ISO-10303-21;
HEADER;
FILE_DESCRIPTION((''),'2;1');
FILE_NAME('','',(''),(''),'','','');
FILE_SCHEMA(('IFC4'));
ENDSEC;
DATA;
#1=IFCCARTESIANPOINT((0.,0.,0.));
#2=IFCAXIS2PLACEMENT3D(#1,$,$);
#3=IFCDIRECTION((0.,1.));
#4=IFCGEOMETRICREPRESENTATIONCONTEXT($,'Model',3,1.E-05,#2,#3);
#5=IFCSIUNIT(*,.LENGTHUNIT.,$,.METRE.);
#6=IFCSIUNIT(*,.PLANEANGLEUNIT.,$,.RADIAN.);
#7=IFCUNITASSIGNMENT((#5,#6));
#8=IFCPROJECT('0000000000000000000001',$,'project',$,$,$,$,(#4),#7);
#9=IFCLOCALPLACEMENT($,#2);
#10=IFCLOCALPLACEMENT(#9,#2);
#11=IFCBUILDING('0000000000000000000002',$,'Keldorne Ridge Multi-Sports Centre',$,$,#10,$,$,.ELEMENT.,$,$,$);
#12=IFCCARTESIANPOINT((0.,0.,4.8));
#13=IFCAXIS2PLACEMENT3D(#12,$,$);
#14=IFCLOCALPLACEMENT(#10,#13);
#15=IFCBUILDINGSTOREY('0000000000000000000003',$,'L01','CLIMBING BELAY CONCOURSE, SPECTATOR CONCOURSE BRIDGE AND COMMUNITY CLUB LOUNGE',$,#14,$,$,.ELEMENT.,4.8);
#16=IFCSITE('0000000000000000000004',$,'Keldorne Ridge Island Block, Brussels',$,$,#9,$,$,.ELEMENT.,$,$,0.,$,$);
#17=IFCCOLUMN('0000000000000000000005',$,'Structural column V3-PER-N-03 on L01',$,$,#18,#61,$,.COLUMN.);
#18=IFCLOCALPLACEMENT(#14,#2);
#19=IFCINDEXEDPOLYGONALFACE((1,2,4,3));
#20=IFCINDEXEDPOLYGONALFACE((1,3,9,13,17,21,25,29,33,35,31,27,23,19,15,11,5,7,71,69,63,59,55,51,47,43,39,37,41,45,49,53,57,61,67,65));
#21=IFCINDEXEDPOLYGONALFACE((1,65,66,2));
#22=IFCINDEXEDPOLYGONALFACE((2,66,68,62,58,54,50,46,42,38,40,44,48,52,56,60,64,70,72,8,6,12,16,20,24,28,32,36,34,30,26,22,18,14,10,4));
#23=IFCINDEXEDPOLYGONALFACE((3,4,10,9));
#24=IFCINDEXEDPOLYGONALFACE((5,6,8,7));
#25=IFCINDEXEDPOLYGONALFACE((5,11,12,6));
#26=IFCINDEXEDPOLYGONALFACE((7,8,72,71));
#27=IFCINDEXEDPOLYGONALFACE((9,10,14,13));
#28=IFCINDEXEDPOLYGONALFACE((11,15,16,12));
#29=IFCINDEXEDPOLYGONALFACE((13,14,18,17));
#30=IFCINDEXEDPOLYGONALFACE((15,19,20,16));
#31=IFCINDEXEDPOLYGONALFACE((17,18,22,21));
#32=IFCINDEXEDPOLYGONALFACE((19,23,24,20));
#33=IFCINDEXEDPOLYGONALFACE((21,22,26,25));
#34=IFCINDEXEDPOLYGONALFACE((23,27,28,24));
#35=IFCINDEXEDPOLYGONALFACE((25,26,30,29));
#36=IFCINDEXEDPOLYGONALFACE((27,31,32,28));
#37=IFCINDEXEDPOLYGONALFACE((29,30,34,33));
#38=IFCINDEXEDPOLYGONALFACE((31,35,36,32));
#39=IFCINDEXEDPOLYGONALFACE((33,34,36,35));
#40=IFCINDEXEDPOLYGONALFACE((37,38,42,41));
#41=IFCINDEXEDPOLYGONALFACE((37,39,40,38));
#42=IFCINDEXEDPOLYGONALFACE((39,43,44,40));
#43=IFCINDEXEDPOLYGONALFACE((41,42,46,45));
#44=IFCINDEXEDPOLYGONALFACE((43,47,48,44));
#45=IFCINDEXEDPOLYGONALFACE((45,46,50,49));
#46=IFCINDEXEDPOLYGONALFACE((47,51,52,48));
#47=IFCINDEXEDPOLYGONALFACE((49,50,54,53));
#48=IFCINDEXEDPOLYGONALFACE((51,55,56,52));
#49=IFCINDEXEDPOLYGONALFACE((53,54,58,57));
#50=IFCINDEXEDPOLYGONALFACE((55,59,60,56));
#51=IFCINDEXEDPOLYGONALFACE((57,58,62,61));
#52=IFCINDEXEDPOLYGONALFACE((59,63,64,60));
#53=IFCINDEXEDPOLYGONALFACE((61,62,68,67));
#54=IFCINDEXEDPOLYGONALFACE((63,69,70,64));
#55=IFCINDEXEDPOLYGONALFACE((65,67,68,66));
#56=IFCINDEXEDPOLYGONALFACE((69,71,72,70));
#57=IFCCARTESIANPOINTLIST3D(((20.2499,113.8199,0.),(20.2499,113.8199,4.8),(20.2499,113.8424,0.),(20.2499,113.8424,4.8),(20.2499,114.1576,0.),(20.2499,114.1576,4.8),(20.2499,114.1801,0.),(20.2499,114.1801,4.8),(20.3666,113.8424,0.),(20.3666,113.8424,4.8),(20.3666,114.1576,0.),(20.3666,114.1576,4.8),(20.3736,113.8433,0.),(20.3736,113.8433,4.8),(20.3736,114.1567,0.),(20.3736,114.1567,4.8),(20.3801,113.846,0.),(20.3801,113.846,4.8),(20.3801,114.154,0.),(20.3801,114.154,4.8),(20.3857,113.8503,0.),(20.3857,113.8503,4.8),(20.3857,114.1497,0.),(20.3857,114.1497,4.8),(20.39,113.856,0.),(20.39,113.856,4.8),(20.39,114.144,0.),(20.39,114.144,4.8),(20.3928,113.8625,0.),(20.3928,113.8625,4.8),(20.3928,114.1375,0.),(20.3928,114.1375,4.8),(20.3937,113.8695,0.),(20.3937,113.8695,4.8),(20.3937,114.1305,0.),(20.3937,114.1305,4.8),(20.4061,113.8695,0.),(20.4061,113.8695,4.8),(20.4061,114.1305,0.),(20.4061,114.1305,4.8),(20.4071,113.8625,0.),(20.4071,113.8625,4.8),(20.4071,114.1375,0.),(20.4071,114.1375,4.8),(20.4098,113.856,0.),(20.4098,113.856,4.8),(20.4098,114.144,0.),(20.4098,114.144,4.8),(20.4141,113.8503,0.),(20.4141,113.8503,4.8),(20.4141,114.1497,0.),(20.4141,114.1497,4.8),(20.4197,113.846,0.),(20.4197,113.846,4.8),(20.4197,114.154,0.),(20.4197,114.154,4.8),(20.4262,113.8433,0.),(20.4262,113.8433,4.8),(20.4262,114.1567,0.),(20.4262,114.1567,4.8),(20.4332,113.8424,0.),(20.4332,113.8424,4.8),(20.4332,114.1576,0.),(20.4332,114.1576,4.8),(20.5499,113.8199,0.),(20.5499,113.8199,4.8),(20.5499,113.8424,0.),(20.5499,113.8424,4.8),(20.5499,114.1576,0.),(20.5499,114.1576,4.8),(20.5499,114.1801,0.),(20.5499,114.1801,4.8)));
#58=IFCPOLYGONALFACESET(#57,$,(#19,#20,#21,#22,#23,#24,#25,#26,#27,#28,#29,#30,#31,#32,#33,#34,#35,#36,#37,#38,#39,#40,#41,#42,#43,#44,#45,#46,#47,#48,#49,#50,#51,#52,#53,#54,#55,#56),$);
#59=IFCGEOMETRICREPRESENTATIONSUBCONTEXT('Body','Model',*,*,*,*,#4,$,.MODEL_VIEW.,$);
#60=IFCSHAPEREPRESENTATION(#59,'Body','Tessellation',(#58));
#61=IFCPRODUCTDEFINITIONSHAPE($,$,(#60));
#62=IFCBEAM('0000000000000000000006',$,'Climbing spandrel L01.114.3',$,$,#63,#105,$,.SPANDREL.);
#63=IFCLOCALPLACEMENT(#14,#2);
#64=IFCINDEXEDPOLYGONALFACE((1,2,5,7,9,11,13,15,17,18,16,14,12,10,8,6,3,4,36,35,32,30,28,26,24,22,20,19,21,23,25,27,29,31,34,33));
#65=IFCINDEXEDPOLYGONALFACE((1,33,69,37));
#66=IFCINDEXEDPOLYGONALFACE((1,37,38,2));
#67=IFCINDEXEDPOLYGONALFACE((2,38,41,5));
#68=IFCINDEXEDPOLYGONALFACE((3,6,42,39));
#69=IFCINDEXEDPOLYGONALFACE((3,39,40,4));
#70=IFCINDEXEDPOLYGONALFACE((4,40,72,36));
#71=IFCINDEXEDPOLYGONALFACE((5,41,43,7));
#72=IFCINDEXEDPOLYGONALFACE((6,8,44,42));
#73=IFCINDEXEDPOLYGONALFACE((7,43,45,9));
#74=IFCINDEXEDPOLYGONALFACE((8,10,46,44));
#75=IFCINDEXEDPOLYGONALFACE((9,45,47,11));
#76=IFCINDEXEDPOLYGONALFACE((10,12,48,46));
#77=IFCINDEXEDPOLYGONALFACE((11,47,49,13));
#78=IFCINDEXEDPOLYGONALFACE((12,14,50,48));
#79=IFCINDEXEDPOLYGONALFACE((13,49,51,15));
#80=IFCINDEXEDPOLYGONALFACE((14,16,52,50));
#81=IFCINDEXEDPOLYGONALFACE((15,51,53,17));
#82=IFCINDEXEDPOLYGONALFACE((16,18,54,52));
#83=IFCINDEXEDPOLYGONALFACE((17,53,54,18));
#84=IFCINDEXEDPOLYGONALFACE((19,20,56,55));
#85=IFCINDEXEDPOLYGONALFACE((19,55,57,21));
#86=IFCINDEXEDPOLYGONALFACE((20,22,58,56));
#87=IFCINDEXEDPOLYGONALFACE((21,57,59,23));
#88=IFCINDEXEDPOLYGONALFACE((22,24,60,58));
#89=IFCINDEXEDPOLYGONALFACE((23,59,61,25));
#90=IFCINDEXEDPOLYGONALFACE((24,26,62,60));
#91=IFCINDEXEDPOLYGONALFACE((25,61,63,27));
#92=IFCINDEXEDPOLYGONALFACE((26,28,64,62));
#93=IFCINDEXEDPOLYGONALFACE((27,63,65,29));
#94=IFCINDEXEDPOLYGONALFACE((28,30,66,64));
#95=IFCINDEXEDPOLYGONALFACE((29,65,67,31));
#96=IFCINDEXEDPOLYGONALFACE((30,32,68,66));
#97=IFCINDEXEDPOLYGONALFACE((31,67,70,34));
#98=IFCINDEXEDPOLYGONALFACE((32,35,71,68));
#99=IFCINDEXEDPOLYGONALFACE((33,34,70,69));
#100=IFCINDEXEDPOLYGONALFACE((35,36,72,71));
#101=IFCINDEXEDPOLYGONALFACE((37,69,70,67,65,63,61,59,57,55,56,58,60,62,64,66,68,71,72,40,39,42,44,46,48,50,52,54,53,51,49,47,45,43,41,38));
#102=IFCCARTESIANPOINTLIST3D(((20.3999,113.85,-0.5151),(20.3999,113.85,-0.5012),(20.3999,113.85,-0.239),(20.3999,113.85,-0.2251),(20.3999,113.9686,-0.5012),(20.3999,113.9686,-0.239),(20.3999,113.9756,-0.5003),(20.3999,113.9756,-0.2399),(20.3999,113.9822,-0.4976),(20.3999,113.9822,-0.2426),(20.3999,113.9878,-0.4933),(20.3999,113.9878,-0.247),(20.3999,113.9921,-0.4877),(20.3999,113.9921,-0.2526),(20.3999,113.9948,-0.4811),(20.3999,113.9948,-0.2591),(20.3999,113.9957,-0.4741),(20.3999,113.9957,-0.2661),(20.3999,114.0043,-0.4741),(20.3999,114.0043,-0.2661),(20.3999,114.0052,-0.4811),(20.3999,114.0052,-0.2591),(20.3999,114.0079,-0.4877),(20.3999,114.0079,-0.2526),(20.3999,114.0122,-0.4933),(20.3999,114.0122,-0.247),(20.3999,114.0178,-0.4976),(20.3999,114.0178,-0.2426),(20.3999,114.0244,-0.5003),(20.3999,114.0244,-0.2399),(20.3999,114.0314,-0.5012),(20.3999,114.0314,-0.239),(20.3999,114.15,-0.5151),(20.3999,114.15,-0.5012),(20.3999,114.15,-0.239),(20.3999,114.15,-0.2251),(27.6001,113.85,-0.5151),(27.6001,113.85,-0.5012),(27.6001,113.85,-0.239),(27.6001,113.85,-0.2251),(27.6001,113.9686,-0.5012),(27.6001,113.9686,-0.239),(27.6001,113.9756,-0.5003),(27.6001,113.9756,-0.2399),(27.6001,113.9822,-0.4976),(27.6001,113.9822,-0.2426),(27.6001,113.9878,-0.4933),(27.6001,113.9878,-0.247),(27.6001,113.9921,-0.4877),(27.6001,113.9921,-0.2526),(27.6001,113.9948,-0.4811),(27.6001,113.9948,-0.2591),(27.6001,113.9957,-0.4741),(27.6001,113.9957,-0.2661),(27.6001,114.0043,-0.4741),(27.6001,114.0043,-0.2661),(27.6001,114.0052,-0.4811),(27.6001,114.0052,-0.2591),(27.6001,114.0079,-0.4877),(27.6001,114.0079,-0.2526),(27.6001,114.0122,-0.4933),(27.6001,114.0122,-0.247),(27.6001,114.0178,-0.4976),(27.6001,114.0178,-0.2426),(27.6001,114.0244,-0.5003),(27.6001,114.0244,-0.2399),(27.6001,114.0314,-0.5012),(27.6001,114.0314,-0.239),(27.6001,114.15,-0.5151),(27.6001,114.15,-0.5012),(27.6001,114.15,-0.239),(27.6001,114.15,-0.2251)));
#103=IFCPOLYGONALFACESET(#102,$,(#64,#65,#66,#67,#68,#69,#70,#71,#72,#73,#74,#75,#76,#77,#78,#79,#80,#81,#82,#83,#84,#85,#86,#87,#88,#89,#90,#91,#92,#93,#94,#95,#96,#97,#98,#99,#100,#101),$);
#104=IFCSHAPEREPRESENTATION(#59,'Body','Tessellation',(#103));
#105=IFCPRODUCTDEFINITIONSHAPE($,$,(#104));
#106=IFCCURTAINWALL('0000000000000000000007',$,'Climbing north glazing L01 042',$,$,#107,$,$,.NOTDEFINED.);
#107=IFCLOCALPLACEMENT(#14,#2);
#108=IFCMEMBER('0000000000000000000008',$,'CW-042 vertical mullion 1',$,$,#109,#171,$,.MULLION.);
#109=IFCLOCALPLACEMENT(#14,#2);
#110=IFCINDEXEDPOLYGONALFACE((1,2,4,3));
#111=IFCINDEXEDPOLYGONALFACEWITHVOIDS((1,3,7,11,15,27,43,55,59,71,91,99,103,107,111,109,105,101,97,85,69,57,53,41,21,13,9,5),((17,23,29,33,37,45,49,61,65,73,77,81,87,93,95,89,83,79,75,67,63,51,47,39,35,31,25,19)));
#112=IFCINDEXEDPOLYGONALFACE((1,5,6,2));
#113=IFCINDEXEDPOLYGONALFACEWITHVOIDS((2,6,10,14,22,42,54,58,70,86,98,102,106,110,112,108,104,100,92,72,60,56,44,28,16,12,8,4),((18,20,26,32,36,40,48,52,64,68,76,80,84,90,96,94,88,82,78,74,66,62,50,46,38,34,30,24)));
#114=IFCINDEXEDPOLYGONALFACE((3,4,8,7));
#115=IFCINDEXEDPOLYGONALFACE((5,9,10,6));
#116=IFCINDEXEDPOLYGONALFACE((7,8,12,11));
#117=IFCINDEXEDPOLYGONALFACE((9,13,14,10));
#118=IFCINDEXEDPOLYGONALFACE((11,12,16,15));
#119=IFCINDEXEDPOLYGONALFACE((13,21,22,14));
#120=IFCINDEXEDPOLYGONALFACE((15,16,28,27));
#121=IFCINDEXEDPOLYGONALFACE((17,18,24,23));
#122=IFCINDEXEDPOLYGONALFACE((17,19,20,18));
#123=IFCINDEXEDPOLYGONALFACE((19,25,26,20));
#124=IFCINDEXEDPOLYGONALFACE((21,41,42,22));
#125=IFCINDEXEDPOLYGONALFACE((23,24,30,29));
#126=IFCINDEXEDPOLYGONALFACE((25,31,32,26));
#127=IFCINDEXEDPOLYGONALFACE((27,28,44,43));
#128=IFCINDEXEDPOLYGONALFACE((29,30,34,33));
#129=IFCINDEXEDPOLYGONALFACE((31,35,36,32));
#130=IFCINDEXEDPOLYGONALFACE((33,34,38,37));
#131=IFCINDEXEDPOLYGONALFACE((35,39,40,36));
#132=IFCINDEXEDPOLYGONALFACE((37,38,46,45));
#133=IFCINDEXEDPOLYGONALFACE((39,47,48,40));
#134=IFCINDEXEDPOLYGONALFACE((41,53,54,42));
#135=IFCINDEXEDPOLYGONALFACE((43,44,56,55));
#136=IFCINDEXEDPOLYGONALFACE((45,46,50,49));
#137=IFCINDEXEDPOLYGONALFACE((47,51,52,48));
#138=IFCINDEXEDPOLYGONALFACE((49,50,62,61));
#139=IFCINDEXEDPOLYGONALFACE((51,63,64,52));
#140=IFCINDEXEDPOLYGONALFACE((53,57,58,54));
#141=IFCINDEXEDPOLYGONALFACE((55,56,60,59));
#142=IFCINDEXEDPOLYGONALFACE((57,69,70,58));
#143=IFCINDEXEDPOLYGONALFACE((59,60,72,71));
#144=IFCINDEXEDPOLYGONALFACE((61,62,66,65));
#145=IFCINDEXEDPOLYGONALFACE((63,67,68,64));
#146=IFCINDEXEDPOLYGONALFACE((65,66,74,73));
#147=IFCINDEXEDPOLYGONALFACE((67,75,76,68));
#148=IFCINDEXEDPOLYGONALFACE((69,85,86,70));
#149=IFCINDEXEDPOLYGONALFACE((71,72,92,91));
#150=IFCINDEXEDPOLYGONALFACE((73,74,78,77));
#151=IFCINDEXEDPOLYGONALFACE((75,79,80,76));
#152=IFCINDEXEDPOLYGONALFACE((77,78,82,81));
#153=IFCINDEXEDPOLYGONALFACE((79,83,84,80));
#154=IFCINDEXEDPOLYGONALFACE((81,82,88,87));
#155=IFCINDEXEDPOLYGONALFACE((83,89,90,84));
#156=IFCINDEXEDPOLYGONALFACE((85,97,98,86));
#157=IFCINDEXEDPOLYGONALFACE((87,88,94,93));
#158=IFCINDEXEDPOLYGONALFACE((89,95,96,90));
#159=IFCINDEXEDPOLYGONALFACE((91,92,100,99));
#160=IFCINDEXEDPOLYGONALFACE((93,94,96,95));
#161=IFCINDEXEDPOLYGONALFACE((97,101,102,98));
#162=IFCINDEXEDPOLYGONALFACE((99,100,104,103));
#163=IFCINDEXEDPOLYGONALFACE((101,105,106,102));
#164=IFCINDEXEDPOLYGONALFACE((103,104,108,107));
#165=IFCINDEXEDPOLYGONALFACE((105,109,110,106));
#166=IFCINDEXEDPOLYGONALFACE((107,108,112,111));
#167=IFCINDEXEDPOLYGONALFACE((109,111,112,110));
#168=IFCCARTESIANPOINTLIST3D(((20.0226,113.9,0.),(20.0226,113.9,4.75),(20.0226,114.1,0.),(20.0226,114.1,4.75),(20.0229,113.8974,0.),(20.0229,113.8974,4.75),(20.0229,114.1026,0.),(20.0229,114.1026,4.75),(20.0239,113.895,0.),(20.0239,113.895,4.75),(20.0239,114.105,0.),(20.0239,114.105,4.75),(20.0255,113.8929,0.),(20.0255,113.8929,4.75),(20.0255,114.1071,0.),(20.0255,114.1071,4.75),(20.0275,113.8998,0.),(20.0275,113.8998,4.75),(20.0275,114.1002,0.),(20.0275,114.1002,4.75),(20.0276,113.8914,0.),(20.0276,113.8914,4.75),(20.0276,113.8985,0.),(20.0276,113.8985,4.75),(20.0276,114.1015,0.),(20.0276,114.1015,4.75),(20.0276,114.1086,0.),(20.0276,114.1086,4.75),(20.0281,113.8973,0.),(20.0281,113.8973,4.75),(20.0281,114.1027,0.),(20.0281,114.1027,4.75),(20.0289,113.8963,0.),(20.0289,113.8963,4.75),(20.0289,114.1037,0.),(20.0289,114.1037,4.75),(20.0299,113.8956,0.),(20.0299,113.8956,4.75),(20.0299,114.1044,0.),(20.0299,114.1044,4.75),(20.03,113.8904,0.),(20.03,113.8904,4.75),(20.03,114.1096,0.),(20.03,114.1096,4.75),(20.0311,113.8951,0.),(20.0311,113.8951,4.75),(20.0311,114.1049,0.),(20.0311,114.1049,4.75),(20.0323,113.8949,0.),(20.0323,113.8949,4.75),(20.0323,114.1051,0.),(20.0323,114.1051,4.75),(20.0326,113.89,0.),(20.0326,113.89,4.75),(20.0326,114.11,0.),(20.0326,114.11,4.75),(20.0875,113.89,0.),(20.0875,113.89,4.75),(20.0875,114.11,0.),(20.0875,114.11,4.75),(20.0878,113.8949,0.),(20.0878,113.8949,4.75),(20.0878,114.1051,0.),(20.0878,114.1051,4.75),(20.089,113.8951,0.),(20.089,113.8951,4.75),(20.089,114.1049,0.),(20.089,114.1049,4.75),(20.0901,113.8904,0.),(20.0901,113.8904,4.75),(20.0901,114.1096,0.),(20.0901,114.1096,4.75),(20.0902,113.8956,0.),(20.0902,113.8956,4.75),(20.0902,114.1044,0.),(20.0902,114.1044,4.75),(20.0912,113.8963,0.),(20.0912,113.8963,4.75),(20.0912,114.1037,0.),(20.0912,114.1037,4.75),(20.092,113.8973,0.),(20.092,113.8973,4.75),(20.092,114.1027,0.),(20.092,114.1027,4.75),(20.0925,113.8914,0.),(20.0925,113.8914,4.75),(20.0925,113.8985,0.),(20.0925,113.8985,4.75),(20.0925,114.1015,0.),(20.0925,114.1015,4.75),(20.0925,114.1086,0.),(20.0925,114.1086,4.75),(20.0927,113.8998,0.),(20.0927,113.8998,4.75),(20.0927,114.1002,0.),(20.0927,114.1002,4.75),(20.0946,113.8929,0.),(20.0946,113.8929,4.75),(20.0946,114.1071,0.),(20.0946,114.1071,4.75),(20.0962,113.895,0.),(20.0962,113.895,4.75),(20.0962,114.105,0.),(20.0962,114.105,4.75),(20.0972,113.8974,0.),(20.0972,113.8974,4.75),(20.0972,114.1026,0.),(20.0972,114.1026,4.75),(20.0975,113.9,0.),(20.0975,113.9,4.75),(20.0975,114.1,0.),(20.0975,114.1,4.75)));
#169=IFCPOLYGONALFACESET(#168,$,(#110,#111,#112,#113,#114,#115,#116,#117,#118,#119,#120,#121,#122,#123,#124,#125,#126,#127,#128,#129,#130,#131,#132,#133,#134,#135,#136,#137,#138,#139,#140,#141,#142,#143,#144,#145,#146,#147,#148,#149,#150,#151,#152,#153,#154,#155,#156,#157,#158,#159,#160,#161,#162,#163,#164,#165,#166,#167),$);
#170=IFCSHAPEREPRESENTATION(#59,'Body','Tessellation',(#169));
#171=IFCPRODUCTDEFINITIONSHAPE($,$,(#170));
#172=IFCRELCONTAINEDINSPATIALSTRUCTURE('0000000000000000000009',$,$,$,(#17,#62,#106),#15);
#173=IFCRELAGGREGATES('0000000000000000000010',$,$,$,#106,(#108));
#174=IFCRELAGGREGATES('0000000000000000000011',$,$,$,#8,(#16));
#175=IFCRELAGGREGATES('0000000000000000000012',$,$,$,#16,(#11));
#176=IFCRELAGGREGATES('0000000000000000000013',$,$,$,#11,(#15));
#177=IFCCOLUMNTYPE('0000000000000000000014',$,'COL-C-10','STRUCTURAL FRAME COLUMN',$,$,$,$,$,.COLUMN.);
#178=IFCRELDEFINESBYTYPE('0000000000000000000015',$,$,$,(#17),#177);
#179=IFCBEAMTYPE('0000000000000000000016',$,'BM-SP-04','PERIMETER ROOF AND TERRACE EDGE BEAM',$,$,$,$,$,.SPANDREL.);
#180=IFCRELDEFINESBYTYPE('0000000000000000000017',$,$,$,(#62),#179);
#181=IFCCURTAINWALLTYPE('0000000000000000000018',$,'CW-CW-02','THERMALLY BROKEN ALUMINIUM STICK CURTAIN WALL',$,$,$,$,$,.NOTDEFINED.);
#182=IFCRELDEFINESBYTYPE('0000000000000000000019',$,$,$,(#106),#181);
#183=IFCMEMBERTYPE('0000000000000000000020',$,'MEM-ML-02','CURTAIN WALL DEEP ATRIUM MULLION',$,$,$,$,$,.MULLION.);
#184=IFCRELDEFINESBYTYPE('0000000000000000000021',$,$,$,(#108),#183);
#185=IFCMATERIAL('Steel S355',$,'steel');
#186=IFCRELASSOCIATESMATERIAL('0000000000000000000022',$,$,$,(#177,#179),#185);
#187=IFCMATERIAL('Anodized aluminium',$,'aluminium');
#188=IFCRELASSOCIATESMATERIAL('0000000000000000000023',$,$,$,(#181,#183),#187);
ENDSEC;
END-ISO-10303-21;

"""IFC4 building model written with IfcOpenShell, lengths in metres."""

from ifc_helpers import new_model, si_unit, direction, frame, origin, origin_2d, place, context, subcontext, project, spatial, hollow_rectangle, i_section, extrude, material, material_profile, profile_set, type_object, element, aggregate, save


model = new_model("IFC4")

# Units and contexts
model_context = context("Model", 3, precision=1e-05, world=origin(), true_north=direction((0.0, 1.0)))
body_context = subcontext(model_context, "Body", "Model", "MODEL_VIEW")
ifc_project = project(units=[si_unit("LENGTHUNIT", "METRE"), si_unit("PLANEANGLEUNIT", "RADIAN")], contexts=[model_context])

# Site, building, storey
site_placement = place(None, origin())
site = spatial("IfcSite", under=ifc_project, at=site_placement, Name="Keldorne Ridge Island Block, Brussels", CompositionType="ELEMENT", RefElevation=0.0)
building_placement = place(site_placement, origin())
building = spatial("IfcBuilding", under=site, at=building_placement, Name="Keldorne Ridge Multi-Sports Centre", CompositionType="ELEMENT")
storey_placement = place(building_placement, frame((0.0, 0.0, 4.8)))
storey = spatial("IfcBuildingStorey", under=building, at=storey_placement, Name="L01", Description="CLIMBING BELAY CONCOURSE, SPECTATOR CONCOURSE BRIDGE AND COMMUNITY CLUB LOUNGE", CompositionType="ELEMENT", Elevation=4.8)

# Column
ifc_material_1 = material(Name="Steel S355", Category="steel")
ifc_material_profile_1 = material_profile(ifc_material_1, i_section(OverallWidth=0.3, OverallDepth=0.3601, WebThickness=0.0125, FlangeThickness=0.0225, FilletRadius=0.0271, at=origin_2d()), Name="HEB 360")
ifc_profile_set_1 = profile_set([ifc_material_profile_1], Name="Steel S355")
column_type = type_object("IfcColumnType", Name="COL-C-10", Description="STRUCTURAL FRAME COLUMN", PredefinedType="COLUMN", material=ifc_profile_set_1)
column_placement = place(storey_placement, frame((20.3999, 114.0, 0.0), z_axis=(0.0, 0.0, 1.0), x_axis=(1.0, 0.0, 0.0)))
element("IfcColumn", 1, at=column_placement, inside=storey, type_object=column_type, Name="Structural column V3-PER-N-03 on L01", PredefinedType="COLUMN", context=body_context, shape_type="SweptSolid", body=[
    extrude(i_section(OverallWidth=0.3, OverallDepth=0.3601, WebThickness=0.0125, FlangeThickness=0.0225, FilletRadius=0.0271, at=origin_2d()), origin(), (0.0, 0.0, 1.0), 4.8),
])

# Beam
ifc_material_profile_2 = material_profile(ifc_material_1, i_section(OverallWidth=0.3, OverallDepth=0.29, WebThickness=0.0085, FlangeThickness=0.0139, FilletRadius=0.0271, at=origin_2d()), Name="HEA 300")
ifc_profile_set_2 = profile_set([ifc_material_profile_2], Name="Steel S355")
beam_type = type_object("IfcBeamType", Name="BM-SP-04", Description="PERIMETER ROOF AND TERRACE EDGE BEAM", PredefinedType="SPANDREL", material=ifc_profile_set_2)
beam_placement = place(storey_placement, frame((20.3999, 114.0, -0.3701), z_axis=(1.0, 0.0, 0.0), x_axis=(0.0, 1.0, 0.0)))
element("IfcBeam", 2, at=beam_placement, inside=storey, type_object=beam_type, Name="Climbing spandrel L01.114.3", PredefinedType="SPANDREL", context=body_context, shape_type="SweptSolid", body=[
    extrude(i_section(OverallWidth=0.3, OverallDepth=0.29, WebThickness=0.0085, FlangeThickness=0.0139, FilletRadius=0.0271, at=origin_2d()), origin(), (0.0, 0.0, 1.0), 7.2002),
])

# Curtain wall, member
ifc_material_2 = material(Name="Anodized aluminium", Category="aluminium")
curtain_wall_type_1 = type_object("IfcCurtainWallType", Name="CW-CW-02", Description="THERMALLY BROKEN ALUMINIUM STICK CURTAIN WALL", PredefinedType="NOTDEFINED", material=ifc_material_2)
curtain_wall_1_placement = place(storey_placement, origin())
curtain_wall_1 = element("IfcCurtainWall", 3, at=curtain_wall_1_placement, inside=storey, type_object=curtain_wall_type_1, Name="Climbing north glazing L01 042", PredefinedType="NOTDEFINED")
ifc_material_profile_3 = material_profile(ifc_material_2, hollow_rectangle(XDim=0.075, YDim=0.22, WallThickness=0.0049, InnerFilletRadius=0.0049, OuterFilletRadius=0.01, at=origin_2d()), Name="ALU MULLION 220x75x5")
ifc_profile_set_3 = profile_set([ifc_material_profile_3], Name="Anodized aluminium")
member_type_1 = type_object("IfcMemberType", Name="MEM-ML-02", Description="CURTAIN WALL DEEP ATRIUM MULLION", PredefinedType="MULLION", material=ifc_profile_set_3)
member_1_placement = place(storey_placement, frame((20.0601, 114.0, 0.0), z_axis=(0.0, 0.0, 1.0), x_axis=(1.0, 0.0, 0.0)))
member_1 = element("IfcMember", 4, at=member_1_placement, type_object=member_type_1, Name="CW-042 vertical mullion 1", PredefinedType="MULLION", context=body_context, shape_type="SweptSolid", body=[
    extrude(hollow_rectangle(XDim=0.075, YDim=0.22, WallThickness=0.0049, InnerFilletRadius=0.0049, OuterFilletRadius=0.01, at=origin_2d()), origin(), (0.0, 0.0, 1.0), 4.75),
])

aggregate(curtain_wall_1, [member_1])

save(model, "model.ifc")
